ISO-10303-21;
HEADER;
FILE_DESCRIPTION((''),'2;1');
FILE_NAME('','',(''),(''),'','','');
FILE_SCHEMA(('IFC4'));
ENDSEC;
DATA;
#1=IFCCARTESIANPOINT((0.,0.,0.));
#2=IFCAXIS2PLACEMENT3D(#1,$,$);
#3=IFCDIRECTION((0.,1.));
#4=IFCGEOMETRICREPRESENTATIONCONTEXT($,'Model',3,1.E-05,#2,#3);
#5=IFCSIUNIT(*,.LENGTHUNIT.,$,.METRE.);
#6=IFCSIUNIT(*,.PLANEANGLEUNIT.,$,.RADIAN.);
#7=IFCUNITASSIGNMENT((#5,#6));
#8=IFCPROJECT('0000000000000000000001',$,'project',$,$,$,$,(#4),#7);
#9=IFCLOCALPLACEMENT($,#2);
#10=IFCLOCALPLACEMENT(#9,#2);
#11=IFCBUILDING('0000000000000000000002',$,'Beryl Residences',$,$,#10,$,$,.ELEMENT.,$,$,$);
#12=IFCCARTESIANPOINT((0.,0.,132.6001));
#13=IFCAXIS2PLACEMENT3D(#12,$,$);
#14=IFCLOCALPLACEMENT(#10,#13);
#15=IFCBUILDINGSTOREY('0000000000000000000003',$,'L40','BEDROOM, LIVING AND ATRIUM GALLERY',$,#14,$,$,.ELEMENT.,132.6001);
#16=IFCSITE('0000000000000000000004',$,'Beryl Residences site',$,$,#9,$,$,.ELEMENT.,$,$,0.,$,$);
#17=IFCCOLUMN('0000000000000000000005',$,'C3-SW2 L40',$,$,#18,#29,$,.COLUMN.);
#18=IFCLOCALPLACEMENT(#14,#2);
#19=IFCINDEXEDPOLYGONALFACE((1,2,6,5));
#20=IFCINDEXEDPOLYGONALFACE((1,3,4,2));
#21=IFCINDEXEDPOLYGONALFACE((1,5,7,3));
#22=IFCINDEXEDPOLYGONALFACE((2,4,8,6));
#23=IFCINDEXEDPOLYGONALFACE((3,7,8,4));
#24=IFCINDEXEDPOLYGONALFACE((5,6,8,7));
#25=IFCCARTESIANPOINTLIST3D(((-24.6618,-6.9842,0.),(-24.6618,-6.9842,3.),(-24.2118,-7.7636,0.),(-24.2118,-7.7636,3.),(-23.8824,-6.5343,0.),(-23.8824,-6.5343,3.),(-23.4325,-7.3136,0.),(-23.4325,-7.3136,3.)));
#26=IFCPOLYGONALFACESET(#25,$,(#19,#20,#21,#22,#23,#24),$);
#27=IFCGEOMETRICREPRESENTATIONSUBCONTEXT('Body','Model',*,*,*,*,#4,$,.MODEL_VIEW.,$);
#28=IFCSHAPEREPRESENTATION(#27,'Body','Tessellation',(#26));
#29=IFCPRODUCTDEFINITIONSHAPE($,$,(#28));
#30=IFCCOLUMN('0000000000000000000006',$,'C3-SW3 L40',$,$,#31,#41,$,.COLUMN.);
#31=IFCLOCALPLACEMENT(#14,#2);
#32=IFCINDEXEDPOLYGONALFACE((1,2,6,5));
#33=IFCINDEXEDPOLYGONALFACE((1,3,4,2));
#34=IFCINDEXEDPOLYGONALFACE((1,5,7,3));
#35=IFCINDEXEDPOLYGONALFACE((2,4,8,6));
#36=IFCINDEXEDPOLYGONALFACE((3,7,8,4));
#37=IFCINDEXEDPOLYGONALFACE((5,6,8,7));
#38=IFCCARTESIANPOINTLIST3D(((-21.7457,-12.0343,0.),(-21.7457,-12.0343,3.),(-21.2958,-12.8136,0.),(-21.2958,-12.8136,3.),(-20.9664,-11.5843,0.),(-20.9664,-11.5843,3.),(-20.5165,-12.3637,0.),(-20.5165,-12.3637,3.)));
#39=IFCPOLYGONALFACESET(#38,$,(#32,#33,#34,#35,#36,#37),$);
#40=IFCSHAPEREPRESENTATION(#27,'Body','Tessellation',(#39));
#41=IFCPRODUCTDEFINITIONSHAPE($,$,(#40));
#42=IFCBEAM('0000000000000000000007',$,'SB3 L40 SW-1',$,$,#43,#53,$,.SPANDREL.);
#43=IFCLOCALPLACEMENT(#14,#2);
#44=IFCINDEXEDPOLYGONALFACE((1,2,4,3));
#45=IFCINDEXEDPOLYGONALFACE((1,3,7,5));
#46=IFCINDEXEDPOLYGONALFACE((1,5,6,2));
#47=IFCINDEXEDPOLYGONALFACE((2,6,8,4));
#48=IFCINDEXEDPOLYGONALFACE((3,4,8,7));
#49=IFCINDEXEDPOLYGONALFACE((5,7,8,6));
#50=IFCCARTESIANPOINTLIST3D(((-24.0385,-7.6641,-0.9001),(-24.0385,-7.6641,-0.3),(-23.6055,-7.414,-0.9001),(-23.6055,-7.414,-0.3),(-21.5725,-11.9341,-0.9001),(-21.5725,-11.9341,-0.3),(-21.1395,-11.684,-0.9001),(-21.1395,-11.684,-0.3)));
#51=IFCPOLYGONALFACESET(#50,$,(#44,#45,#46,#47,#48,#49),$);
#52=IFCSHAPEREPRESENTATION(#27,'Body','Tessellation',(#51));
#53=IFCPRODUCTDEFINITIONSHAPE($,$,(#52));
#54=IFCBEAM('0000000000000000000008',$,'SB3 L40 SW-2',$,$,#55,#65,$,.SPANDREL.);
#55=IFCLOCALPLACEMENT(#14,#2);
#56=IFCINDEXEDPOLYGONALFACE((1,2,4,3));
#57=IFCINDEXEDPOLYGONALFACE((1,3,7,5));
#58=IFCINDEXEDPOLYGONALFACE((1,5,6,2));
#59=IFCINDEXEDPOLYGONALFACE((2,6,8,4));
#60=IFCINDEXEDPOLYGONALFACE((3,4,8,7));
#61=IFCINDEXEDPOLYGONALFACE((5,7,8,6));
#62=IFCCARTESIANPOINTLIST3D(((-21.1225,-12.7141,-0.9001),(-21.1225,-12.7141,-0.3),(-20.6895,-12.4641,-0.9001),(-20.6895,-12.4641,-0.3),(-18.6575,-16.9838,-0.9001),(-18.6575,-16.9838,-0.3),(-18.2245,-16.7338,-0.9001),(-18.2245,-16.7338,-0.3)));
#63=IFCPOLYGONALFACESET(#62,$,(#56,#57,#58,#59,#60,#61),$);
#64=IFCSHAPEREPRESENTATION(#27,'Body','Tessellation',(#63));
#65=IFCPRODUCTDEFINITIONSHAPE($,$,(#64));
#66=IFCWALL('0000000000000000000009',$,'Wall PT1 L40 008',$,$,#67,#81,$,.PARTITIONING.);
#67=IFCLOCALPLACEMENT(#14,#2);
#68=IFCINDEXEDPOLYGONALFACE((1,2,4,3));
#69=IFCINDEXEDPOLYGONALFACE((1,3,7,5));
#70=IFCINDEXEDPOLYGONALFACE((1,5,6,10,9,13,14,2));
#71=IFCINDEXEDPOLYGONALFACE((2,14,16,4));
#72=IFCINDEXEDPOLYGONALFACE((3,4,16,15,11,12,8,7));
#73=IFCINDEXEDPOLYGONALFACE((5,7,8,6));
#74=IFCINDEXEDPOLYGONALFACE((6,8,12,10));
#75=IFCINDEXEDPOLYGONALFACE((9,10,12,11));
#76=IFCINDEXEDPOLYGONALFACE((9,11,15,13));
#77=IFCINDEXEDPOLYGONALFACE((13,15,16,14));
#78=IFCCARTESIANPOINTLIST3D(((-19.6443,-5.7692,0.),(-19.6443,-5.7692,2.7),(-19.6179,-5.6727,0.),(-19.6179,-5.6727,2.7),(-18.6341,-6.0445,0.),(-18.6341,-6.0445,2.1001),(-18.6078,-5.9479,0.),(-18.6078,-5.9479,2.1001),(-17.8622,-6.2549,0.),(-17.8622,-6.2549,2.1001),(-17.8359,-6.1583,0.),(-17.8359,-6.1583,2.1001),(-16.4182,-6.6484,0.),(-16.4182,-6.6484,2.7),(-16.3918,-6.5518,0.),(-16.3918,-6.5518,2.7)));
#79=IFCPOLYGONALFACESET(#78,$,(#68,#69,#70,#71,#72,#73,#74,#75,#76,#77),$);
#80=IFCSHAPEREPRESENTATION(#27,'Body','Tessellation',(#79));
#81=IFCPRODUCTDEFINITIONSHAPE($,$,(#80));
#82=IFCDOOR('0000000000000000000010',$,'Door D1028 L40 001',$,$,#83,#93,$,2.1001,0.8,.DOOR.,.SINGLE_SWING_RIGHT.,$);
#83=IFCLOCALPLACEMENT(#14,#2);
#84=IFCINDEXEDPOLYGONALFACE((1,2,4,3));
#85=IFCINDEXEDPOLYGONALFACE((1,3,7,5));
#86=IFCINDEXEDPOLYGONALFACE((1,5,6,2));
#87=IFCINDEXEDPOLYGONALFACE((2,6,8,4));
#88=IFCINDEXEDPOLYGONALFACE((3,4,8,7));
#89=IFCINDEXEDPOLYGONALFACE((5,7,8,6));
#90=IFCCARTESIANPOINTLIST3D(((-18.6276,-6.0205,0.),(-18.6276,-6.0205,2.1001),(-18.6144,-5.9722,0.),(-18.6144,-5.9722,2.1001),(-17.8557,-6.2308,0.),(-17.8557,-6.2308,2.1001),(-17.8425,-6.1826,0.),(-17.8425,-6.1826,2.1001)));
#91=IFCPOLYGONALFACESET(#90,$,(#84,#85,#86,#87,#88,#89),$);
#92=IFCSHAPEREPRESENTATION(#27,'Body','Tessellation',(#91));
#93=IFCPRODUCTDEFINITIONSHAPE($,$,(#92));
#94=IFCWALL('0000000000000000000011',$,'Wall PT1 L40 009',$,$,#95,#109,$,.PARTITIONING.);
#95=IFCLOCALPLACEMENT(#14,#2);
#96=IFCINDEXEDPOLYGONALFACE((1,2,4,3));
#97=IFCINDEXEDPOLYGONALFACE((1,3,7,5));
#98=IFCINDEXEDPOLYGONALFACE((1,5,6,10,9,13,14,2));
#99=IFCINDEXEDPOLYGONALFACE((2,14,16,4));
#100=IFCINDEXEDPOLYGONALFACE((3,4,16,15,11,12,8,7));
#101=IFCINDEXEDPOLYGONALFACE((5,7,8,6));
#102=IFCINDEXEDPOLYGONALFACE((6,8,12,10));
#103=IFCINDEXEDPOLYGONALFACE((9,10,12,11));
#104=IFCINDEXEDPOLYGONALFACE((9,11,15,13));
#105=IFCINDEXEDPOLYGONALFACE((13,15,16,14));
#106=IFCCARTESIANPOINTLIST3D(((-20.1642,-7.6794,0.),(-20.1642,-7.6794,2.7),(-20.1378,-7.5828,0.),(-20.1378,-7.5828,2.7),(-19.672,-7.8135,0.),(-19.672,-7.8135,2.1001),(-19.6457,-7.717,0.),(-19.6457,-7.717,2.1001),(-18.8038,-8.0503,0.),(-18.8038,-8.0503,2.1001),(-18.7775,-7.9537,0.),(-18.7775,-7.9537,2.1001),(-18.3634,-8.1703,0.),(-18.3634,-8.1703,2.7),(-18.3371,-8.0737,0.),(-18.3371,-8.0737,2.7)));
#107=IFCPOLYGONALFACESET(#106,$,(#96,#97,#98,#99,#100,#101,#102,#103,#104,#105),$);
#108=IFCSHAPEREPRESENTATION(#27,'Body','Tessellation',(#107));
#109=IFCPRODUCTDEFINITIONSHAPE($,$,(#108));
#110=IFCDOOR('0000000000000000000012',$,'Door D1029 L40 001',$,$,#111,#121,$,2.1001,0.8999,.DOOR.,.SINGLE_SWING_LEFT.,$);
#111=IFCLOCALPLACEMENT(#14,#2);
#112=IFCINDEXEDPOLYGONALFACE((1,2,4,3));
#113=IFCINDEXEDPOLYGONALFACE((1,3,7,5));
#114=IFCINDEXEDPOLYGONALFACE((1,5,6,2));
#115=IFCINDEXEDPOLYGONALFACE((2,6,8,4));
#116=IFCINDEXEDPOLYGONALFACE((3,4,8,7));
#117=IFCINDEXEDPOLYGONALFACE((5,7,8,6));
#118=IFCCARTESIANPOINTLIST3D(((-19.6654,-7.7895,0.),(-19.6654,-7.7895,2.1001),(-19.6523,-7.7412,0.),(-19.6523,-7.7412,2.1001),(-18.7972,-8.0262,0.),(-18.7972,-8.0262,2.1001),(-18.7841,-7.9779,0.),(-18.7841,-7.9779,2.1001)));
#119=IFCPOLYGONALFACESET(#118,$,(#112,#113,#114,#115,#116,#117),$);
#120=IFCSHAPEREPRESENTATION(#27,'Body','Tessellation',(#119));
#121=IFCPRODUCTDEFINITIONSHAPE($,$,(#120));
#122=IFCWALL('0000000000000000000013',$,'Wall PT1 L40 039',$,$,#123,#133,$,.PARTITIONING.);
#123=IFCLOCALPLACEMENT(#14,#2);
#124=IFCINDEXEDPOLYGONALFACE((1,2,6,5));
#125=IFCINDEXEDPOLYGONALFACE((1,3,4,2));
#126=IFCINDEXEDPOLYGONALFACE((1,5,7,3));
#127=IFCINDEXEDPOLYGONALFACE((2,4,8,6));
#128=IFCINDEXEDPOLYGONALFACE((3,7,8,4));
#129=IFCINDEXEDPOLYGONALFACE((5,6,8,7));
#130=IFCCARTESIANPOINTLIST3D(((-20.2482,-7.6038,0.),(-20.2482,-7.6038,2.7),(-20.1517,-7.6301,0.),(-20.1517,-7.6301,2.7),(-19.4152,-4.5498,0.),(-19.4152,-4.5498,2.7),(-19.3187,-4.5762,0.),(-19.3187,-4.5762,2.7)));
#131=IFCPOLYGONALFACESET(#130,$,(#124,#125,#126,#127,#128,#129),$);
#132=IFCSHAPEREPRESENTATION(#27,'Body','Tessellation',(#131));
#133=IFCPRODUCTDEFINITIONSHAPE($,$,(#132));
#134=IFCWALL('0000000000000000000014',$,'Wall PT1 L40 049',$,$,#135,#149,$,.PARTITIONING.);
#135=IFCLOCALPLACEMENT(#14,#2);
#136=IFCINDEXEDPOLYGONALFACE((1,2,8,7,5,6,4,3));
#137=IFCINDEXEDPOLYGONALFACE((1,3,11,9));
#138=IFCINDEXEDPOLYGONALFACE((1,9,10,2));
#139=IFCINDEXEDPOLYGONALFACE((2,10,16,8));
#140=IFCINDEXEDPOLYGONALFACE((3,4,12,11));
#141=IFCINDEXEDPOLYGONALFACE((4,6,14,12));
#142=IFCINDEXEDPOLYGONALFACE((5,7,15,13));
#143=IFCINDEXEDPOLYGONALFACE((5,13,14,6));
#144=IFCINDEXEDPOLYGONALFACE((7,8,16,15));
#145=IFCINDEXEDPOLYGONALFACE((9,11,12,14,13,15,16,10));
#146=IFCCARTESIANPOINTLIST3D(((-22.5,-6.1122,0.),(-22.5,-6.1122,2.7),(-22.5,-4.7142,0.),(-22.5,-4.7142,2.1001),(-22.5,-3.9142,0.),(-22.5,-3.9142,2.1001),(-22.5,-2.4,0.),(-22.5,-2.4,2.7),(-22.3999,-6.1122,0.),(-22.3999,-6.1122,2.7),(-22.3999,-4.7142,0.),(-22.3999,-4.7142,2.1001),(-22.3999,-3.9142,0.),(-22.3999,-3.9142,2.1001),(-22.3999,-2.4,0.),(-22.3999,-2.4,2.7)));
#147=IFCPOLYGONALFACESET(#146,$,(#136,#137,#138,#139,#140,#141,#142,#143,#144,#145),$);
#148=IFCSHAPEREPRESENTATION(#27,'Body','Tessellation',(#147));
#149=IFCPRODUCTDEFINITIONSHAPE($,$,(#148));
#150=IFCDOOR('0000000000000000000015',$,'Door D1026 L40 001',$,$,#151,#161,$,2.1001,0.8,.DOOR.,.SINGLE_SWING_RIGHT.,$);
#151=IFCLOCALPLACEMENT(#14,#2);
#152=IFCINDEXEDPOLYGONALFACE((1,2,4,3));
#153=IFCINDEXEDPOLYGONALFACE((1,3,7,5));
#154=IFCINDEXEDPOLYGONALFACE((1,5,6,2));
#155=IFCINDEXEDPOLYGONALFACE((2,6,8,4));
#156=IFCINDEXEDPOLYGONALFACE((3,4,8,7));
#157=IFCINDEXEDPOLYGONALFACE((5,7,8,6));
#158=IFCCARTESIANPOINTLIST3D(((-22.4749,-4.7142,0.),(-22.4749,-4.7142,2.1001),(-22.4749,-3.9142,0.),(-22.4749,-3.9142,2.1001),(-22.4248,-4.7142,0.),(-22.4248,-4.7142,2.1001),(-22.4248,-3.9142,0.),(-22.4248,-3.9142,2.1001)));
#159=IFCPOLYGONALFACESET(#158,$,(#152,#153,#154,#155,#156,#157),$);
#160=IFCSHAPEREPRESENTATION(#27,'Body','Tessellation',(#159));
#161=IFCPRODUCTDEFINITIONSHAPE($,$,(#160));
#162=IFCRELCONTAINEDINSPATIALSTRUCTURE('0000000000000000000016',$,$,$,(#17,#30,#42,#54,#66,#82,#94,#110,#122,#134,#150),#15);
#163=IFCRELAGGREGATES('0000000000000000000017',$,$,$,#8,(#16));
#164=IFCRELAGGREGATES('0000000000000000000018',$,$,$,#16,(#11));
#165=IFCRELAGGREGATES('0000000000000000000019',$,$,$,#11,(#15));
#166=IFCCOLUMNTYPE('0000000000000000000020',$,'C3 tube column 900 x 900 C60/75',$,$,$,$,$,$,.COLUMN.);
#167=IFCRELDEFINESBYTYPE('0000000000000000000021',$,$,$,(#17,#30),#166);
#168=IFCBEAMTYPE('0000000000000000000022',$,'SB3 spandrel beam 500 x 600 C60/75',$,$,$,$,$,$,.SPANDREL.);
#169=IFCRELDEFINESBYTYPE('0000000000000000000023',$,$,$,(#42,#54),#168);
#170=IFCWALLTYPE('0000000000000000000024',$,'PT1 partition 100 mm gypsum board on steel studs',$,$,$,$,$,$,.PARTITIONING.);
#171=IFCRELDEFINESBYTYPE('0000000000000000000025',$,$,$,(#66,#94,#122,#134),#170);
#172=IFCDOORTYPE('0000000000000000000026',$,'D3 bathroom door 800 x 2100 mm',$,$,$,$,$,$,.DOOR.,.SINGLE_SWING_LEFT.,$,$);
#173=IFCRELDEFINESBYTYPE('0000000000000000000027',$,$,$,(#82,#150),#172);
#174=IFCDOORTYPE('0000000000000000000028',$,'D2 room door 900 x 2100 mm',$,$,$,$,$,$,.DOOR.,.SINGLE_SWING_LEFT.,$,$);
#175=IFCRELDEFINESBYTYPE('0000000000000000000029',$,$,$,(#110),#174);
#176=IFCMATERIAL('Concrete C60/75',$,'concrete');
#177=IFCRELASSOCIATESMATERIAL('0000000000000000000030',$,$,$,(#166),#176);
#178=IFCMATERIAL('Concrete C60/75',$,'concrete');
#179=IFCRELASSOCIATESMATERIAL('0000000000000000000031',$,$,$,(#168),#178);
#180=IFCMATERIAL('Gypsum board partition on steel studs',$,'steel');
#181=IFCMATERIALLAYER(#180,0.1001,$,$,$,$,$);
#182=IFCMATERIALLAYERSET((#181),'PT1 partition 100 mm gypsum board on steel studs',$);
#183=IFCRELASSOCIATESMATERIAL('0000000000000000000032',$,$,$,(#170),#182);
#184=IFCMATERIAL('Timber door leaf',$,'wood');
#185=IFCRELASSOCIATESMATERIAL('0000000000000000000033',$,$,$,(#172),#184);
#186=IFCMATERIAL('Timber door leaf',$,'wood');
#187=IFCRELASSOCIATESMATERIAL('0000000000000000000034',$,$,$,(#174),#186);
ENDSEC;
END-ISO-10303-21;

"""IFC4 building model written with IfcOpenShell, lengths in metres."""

from ifc_helpers import new_model, si_unit, direction, frame, frame_2d, origin, origin_2d, place, context, subcontext, project, spatial, rectangle, extrude, material, layer, layer_set, material_profile, profile_set, type_object, element, fill, save


model = new_model("IFC4")

# Units and contexts
model_context = context("Model", 3, precision=1e-05, world=origin(), true_north=direction((0.0, 1.0)))
body_context = subcontext(model_context, "Body", "Model", "MODEL_VIEW")
ifc_project = project(units=[si_unit("LENGTHUNIT", "METRE"), si_unit("PLANEANGLEUNIT", "RADIAN")], contexts=[model_context])

# Site, building, storey
site_placement = place(None, origin())
site = spatial("IfcSite", under=ifc_project, at=site_placement, Name="Beryl Residences site", CompositionType="ELEMENT", RefElevation=0.0)
building_placement = place(site_placement, origin())
building = spatial("IfcBuilding", under=site, at=building_placement, Name="Beryl Residences", CompositionType="ELEMENT")
storey_placement = place(building_placement, frame((0.0, 0.0, 132.6001)))
storey = spatial("IfcBuildingStorey", under=building, at=storey_placement, Name="L40", Description="BEDROOM, LIVING AND ATRIUM GALLERY", CompositionType="ELEMENT", Elevation=132.6001)

# Columns
ifc_material_1 = material(Name="Concrete C60/75", Category="concrete")
ifc_material_profile_1 = material_profile(ifc_material_1, rectangle(XDim=0.8999, YDim=0.8999, at=origin_2d()))
ifc_profile_set_1 = profile_set([ifc_material_profile_1], Name="Concrete C60/75")
column_type = type_object("IfcColumnType", Name="C3 tube column 900 x 900 C60/75", PredefinedType="COLUMN", material=ifc_profile_set_1)
for number, where, z_axis, x_axis, name in (
    (1, (-24.0471, -7.1489, 0.0), (0.0, 0.0, 1.0), (0.5, -0.866025, 0.0), "C3-SW2 L40"),
    (2, (-21.1311, -12.199, 0.0), (0.0, 0.0, 1.0), (0.5, -0.866025, 0.0), "C3-SW3 L40"),
):
    element("IfcColumn", number, at=place(storey_placement, frame(where, z_axis=z_axis, x_axis=x_axis)), inside=storey, type_object=column_type, Name=name, PredefinedType="COLUMN", context=body_context, shape_type="SweptSolid", body=[
        extrude(rectangle(XDim=0.8999, YDim=0.8999, at=origin_2d()), origin(), (0.0, 0.0, 1.0), 3.0),
    ])

# Beams
ifc_material_2 = material(Name="Concrete C60/75", Category="concrete")
ifc_material_profile_2 = material_profile(ifc_material_2, rectangle(XDim=0.5, YDim=0.6001, at=origin_2d()))
ifc_profile_set_2 = profile_set([ifc_material_profile_2], Name="Concrete C60/75")
beam_type = type_object("IfcBeamType", Name="SB3 spandrel beam 500 x 600 C60/75", PredefinedType="SPANDREL", material=ifc_profile_set_2)
beam_1_placement = place(storey_placement, frame((-23.822, -7.5391, -0.6001), z_axis=(0.500117, -0.865958, 0.0), x_axis=(0.865958, 0.500117, 0.0)))
element("IfcBeam", 3, at=beam_1_placement, inside=storey, type_object=beam_type, Name="SB3 L40 SW-1", PredefinedType="SPANDREL", context=body_context, shape_type="SweptSolid", body=[
    extrude(rectangle(XDim=0.5, YDim=0.6001, at=origin_2d()), origin(), (0.0, 0.0, 1.0), 4.9309),
])
beam_2_placement = place(storey_placement, frame((-20.906, -12.5891, -0.6001), z_axis=(0.49999, -0.866031, 0.0), x_axis=(0.866031, 0.49999, 0.0)))
element("IfcBeam", 4, at=beam_2_placement, inside=storey, type_object=beam_type, Name="SB3 L40 SW-2", PredefinedType="SPANDREL", context=body_context, shape_type="SweptSolid", body=[
    extrude(rectangle(XDim=0.5, YDim=0.6001, at=origin_2d()), origin(), (0.0, 0.0, 1.0), 4.9302),
])

# Walls, openings, doors
ifc_material_3 = material(Name="Gypsum board partition on steel studs", Category="steel")
ifc_layer_1 = layer(ifc_material_3, 0.1001)
ifc_layer_set_1 = layer_set([ifc_layer_1], Name="PT1 partition 100 mm gypsum board on steel studs")
wall_type_1 = type_object("IfcWallType", Name="PT1 partition 100 mm gypsum board on steel studs", PredefinedType="PARTITIONING", material=ifc_layer_set_1)
wall_1_placement = place(storey_placement, frame((-19.6311, -5.7209, 0.0), z_axis=(0.0, 0.0, 1.0), x_axis=(0.964816, -0.262926, 0.0)))
wall_1 = element("IfcWall", 5, at=wall_1_placement, inside=storey, type_object=wall_type_1, Name="Wall PT1 L40 008", PredefinedType="PARTITIONING", context=body_context, shape_type="SweptSolid", body=[
    extrude(rectangle(XDim=3.3438, YDim=0.1001, at=frame_2d((1.6719, 0.0))), origin(), (0.0, 0.0, 1.0), 2.7),
])
opening_1_placement = place(wall_1_placement, frame((1.0471, 0.0, 0.0)))
opening_1 = element("IfcOpeningElement", 6, at=opening_1_placement, cuts=wall_1, PredefinedType="OPENING", context=body_context, shape_type="SweptSolid", body=[
    extrude(rectangle(XDim=0.8, YDim=2.1001, at=frame_2d((0.3999, 1.05))), frame((0.0, 0.0601, 0.0), z_axis=(0.0, -1.0, 0.0), x_axis=(1.0, 0.0, 0.0)), (0.0, 0.0, 1.0), 0.1201),
])
ifc_material_4 = material(Name="Timber door leaf", Category="wood")
door_type_1 = type_object("IfcDoorType", Name="D3 bathroom door 800 x 2100 mm", OperationType="SINGLE_SWING_LEFT", PredefinedType="DOOR", material=ifc_material_4)
door_1_placement = place(opening_1_placement, origin())
door_1 = element("IfcDoor", 7, at=door_1_placement, inside=storey, type_object=door_type_1, Name="Door D1028 L40 001", OperationType="SINGLE_SWING_RIGHT", OverallHeight=2.1001, OverallWidth=0.8, PredefinedType="DOOR", context=body_context, shape_type="SweptSolid", body=[
    extrude(rectangle(XDim=0.8, YDim=2.1001, at=frame_2d((0.3999, 1.05))), frame((0.0, 0.0249, 0.0), z_axis=(0.0, -1.0, 0.0), x_axis=(1.0, 0.0, 0.0)), (0.0, 0.0, 1.0), 0.05),
])
fill(opening_1, door_1)
wall_2_placement = place(storey_placement, frame((-20.1509, -7.6311, 0.0), z_axis=(0.0, 0.0, 1.0), x_axis=(0.964785, -0.26304, 0.0)))
wall_2 = element("IfcWall", 8, at=wall_2_placement, inside=storey, type_object=wall_type_1, Name="Wall PT1 L40 009", PredefinedType="PARTITIONING", context=body_context, shape_type="SweptSolid", body=[
    extrude(rectangle(XDim=1.8665, YDim=0.1001, at=frame_2d((0.9331, 0.0))), origin(), (0.0, 0.0, 1.0), 2.7),
])
opening_2_placement = place(wall_2_placement, frame((0.51, 0.0, 0.0)))
opening_2 = element("IfcOpeningElement", 9, at=opening_2_placement, cuts=wall_2, PredefinedType="OPENING", context=body_context, shape_type="SweptSolid", body=[
    extrude(rectangle(XDim=0.8999, YDim=2.1001, at=frame_2d((0.45, 1.05))), frame((0.0, 0.0601, 0.0), z_axis=(0.0, -1.0, 0.0), x_axis=(1.0, 0.0, 0.0)), (0.0, 0.0, 1.0), 0.1201),
])
ifc_material_5 = material(Name="Timber door leaf", Category="wood")
door_type_2 = type_object("IfcDoorType", Name="D2 room door 900 x 2100 mm", OperationType="SINGLE_SWING_LEFT", PredefinedType="DOOR", material=ifc_material_5)
door_2_placement = place(opening_2_placement, origin())
door_2 = element("IfcDoor", 10, at=door_2_placement, inside=storey, type_object=door_type_2, Name="Door D1029 L40 001", OperationType="SINGLE_SWING_LEFT", OverallHeight=2.1001, OverallWidth=0.8999, PredefinedType="DOOR", context=body_context, shape_type="SweptSolid", body=[
    extrude(rectangle(XDim=0.8999, YDim=2.1001, at=frame_2d((0.45, 1.05))), frame((0.0, 0.0249, 0.0), z_axis=(0.0, -1.0, 0.0), x_axis=(1.0, 0.0, 0.0)), (0.0, 0.0, 1.0), 0.05),
])
fill(opening_2, door_2)

# Wall
wall_3_placement = place(storey_placement, frame((-20.2, -7.6169, 0.0), z_axis=(0.0, 0.0, 1.0), x_axis=(0.26315, 0.964755, 0.0)))
element("IfcWall", 11, at=wall_3_placement, inside=storey, type_object=wall_type_1, Name="Wall PT1 L40 039", PredefinedType="PARTITIONING", context=body_context, shape_type="SweptSolid", body=[
    extrude(rectangle(XDim=3.1655, YDim=0.1001, at=frame_2d((1.5828, 0.0))), origin(), (0.0, 0.0, 1.0), 2.7),
])

# Wall, opening, door
wall_4_placement = place(storey_placement, frame((-22.45, -6.1121, 0.0), z_axis=(0.0, 0.0, 1.0), x_axis=(0.0, 1.0, 0.0)))
wall_4 = element("IfcWall", 12, at=wall_4_placement, inside=storey, type_object=wall_type_1, Name="Wall PT1 L40 049", PredefinedType="PARTITIONING", context=body_context, shape_type="SweptSolid", body=[
    extrude(rectangle(XDim=3.7122, YDim=0.1001, at=frame_2d((1.856, 0.0))), origin(), (0.0, 0.0, 1.0), 2.7),
])
opening_3_placement = place(wall_4_placement, frame((1.3979, 0.0, 0.0)))
opening_3 = element("IfcOpeningElement", 13, at=opening_3_placement, cuts=wall_4, PredefinedType="OPENING", context=body_context, shape_type="SweptSolid", body=[
    extrude(rectangle(XDim=0.8, YDim=2.1001, at=frame_2d((0.3999, 1.05))), frame((0.0, 0.0601, 0.0), z_axis=(0.0, -1.0, 0.0), x_axis=(1.0, 0.0, 0.0)), (0.0, 0.0, 1.0), 0.1201),
])
door_3_placement = place(opening_3_placement, origin())
door_3 = element("IfcDoor", 14, at=door_3_placement, inside=storey, type_object=door_type_1, Name="Door D1026 L40 001", OperationType="SINGLE_SWING_RIGHT", OverallHeight=2.1001, OverallWidth=0.8, PredefinedType="DOOR", context=body_context, shape_type="SweptSolid", body=[
    extrude(rectangle(XDim=0.8, YDim=2.1001, at=frame_2d((0.3999, 1.05))), frame((0.0, 0.0249, 0.0), z_axis=(0.0, -1.0, 0.0), x_axis=(1.0, 0.0, 0.0)), (0.0, 0.0, 1.0), 0.05),
])
fill(opening_3, door_3)

save(model, "model.ifc")
